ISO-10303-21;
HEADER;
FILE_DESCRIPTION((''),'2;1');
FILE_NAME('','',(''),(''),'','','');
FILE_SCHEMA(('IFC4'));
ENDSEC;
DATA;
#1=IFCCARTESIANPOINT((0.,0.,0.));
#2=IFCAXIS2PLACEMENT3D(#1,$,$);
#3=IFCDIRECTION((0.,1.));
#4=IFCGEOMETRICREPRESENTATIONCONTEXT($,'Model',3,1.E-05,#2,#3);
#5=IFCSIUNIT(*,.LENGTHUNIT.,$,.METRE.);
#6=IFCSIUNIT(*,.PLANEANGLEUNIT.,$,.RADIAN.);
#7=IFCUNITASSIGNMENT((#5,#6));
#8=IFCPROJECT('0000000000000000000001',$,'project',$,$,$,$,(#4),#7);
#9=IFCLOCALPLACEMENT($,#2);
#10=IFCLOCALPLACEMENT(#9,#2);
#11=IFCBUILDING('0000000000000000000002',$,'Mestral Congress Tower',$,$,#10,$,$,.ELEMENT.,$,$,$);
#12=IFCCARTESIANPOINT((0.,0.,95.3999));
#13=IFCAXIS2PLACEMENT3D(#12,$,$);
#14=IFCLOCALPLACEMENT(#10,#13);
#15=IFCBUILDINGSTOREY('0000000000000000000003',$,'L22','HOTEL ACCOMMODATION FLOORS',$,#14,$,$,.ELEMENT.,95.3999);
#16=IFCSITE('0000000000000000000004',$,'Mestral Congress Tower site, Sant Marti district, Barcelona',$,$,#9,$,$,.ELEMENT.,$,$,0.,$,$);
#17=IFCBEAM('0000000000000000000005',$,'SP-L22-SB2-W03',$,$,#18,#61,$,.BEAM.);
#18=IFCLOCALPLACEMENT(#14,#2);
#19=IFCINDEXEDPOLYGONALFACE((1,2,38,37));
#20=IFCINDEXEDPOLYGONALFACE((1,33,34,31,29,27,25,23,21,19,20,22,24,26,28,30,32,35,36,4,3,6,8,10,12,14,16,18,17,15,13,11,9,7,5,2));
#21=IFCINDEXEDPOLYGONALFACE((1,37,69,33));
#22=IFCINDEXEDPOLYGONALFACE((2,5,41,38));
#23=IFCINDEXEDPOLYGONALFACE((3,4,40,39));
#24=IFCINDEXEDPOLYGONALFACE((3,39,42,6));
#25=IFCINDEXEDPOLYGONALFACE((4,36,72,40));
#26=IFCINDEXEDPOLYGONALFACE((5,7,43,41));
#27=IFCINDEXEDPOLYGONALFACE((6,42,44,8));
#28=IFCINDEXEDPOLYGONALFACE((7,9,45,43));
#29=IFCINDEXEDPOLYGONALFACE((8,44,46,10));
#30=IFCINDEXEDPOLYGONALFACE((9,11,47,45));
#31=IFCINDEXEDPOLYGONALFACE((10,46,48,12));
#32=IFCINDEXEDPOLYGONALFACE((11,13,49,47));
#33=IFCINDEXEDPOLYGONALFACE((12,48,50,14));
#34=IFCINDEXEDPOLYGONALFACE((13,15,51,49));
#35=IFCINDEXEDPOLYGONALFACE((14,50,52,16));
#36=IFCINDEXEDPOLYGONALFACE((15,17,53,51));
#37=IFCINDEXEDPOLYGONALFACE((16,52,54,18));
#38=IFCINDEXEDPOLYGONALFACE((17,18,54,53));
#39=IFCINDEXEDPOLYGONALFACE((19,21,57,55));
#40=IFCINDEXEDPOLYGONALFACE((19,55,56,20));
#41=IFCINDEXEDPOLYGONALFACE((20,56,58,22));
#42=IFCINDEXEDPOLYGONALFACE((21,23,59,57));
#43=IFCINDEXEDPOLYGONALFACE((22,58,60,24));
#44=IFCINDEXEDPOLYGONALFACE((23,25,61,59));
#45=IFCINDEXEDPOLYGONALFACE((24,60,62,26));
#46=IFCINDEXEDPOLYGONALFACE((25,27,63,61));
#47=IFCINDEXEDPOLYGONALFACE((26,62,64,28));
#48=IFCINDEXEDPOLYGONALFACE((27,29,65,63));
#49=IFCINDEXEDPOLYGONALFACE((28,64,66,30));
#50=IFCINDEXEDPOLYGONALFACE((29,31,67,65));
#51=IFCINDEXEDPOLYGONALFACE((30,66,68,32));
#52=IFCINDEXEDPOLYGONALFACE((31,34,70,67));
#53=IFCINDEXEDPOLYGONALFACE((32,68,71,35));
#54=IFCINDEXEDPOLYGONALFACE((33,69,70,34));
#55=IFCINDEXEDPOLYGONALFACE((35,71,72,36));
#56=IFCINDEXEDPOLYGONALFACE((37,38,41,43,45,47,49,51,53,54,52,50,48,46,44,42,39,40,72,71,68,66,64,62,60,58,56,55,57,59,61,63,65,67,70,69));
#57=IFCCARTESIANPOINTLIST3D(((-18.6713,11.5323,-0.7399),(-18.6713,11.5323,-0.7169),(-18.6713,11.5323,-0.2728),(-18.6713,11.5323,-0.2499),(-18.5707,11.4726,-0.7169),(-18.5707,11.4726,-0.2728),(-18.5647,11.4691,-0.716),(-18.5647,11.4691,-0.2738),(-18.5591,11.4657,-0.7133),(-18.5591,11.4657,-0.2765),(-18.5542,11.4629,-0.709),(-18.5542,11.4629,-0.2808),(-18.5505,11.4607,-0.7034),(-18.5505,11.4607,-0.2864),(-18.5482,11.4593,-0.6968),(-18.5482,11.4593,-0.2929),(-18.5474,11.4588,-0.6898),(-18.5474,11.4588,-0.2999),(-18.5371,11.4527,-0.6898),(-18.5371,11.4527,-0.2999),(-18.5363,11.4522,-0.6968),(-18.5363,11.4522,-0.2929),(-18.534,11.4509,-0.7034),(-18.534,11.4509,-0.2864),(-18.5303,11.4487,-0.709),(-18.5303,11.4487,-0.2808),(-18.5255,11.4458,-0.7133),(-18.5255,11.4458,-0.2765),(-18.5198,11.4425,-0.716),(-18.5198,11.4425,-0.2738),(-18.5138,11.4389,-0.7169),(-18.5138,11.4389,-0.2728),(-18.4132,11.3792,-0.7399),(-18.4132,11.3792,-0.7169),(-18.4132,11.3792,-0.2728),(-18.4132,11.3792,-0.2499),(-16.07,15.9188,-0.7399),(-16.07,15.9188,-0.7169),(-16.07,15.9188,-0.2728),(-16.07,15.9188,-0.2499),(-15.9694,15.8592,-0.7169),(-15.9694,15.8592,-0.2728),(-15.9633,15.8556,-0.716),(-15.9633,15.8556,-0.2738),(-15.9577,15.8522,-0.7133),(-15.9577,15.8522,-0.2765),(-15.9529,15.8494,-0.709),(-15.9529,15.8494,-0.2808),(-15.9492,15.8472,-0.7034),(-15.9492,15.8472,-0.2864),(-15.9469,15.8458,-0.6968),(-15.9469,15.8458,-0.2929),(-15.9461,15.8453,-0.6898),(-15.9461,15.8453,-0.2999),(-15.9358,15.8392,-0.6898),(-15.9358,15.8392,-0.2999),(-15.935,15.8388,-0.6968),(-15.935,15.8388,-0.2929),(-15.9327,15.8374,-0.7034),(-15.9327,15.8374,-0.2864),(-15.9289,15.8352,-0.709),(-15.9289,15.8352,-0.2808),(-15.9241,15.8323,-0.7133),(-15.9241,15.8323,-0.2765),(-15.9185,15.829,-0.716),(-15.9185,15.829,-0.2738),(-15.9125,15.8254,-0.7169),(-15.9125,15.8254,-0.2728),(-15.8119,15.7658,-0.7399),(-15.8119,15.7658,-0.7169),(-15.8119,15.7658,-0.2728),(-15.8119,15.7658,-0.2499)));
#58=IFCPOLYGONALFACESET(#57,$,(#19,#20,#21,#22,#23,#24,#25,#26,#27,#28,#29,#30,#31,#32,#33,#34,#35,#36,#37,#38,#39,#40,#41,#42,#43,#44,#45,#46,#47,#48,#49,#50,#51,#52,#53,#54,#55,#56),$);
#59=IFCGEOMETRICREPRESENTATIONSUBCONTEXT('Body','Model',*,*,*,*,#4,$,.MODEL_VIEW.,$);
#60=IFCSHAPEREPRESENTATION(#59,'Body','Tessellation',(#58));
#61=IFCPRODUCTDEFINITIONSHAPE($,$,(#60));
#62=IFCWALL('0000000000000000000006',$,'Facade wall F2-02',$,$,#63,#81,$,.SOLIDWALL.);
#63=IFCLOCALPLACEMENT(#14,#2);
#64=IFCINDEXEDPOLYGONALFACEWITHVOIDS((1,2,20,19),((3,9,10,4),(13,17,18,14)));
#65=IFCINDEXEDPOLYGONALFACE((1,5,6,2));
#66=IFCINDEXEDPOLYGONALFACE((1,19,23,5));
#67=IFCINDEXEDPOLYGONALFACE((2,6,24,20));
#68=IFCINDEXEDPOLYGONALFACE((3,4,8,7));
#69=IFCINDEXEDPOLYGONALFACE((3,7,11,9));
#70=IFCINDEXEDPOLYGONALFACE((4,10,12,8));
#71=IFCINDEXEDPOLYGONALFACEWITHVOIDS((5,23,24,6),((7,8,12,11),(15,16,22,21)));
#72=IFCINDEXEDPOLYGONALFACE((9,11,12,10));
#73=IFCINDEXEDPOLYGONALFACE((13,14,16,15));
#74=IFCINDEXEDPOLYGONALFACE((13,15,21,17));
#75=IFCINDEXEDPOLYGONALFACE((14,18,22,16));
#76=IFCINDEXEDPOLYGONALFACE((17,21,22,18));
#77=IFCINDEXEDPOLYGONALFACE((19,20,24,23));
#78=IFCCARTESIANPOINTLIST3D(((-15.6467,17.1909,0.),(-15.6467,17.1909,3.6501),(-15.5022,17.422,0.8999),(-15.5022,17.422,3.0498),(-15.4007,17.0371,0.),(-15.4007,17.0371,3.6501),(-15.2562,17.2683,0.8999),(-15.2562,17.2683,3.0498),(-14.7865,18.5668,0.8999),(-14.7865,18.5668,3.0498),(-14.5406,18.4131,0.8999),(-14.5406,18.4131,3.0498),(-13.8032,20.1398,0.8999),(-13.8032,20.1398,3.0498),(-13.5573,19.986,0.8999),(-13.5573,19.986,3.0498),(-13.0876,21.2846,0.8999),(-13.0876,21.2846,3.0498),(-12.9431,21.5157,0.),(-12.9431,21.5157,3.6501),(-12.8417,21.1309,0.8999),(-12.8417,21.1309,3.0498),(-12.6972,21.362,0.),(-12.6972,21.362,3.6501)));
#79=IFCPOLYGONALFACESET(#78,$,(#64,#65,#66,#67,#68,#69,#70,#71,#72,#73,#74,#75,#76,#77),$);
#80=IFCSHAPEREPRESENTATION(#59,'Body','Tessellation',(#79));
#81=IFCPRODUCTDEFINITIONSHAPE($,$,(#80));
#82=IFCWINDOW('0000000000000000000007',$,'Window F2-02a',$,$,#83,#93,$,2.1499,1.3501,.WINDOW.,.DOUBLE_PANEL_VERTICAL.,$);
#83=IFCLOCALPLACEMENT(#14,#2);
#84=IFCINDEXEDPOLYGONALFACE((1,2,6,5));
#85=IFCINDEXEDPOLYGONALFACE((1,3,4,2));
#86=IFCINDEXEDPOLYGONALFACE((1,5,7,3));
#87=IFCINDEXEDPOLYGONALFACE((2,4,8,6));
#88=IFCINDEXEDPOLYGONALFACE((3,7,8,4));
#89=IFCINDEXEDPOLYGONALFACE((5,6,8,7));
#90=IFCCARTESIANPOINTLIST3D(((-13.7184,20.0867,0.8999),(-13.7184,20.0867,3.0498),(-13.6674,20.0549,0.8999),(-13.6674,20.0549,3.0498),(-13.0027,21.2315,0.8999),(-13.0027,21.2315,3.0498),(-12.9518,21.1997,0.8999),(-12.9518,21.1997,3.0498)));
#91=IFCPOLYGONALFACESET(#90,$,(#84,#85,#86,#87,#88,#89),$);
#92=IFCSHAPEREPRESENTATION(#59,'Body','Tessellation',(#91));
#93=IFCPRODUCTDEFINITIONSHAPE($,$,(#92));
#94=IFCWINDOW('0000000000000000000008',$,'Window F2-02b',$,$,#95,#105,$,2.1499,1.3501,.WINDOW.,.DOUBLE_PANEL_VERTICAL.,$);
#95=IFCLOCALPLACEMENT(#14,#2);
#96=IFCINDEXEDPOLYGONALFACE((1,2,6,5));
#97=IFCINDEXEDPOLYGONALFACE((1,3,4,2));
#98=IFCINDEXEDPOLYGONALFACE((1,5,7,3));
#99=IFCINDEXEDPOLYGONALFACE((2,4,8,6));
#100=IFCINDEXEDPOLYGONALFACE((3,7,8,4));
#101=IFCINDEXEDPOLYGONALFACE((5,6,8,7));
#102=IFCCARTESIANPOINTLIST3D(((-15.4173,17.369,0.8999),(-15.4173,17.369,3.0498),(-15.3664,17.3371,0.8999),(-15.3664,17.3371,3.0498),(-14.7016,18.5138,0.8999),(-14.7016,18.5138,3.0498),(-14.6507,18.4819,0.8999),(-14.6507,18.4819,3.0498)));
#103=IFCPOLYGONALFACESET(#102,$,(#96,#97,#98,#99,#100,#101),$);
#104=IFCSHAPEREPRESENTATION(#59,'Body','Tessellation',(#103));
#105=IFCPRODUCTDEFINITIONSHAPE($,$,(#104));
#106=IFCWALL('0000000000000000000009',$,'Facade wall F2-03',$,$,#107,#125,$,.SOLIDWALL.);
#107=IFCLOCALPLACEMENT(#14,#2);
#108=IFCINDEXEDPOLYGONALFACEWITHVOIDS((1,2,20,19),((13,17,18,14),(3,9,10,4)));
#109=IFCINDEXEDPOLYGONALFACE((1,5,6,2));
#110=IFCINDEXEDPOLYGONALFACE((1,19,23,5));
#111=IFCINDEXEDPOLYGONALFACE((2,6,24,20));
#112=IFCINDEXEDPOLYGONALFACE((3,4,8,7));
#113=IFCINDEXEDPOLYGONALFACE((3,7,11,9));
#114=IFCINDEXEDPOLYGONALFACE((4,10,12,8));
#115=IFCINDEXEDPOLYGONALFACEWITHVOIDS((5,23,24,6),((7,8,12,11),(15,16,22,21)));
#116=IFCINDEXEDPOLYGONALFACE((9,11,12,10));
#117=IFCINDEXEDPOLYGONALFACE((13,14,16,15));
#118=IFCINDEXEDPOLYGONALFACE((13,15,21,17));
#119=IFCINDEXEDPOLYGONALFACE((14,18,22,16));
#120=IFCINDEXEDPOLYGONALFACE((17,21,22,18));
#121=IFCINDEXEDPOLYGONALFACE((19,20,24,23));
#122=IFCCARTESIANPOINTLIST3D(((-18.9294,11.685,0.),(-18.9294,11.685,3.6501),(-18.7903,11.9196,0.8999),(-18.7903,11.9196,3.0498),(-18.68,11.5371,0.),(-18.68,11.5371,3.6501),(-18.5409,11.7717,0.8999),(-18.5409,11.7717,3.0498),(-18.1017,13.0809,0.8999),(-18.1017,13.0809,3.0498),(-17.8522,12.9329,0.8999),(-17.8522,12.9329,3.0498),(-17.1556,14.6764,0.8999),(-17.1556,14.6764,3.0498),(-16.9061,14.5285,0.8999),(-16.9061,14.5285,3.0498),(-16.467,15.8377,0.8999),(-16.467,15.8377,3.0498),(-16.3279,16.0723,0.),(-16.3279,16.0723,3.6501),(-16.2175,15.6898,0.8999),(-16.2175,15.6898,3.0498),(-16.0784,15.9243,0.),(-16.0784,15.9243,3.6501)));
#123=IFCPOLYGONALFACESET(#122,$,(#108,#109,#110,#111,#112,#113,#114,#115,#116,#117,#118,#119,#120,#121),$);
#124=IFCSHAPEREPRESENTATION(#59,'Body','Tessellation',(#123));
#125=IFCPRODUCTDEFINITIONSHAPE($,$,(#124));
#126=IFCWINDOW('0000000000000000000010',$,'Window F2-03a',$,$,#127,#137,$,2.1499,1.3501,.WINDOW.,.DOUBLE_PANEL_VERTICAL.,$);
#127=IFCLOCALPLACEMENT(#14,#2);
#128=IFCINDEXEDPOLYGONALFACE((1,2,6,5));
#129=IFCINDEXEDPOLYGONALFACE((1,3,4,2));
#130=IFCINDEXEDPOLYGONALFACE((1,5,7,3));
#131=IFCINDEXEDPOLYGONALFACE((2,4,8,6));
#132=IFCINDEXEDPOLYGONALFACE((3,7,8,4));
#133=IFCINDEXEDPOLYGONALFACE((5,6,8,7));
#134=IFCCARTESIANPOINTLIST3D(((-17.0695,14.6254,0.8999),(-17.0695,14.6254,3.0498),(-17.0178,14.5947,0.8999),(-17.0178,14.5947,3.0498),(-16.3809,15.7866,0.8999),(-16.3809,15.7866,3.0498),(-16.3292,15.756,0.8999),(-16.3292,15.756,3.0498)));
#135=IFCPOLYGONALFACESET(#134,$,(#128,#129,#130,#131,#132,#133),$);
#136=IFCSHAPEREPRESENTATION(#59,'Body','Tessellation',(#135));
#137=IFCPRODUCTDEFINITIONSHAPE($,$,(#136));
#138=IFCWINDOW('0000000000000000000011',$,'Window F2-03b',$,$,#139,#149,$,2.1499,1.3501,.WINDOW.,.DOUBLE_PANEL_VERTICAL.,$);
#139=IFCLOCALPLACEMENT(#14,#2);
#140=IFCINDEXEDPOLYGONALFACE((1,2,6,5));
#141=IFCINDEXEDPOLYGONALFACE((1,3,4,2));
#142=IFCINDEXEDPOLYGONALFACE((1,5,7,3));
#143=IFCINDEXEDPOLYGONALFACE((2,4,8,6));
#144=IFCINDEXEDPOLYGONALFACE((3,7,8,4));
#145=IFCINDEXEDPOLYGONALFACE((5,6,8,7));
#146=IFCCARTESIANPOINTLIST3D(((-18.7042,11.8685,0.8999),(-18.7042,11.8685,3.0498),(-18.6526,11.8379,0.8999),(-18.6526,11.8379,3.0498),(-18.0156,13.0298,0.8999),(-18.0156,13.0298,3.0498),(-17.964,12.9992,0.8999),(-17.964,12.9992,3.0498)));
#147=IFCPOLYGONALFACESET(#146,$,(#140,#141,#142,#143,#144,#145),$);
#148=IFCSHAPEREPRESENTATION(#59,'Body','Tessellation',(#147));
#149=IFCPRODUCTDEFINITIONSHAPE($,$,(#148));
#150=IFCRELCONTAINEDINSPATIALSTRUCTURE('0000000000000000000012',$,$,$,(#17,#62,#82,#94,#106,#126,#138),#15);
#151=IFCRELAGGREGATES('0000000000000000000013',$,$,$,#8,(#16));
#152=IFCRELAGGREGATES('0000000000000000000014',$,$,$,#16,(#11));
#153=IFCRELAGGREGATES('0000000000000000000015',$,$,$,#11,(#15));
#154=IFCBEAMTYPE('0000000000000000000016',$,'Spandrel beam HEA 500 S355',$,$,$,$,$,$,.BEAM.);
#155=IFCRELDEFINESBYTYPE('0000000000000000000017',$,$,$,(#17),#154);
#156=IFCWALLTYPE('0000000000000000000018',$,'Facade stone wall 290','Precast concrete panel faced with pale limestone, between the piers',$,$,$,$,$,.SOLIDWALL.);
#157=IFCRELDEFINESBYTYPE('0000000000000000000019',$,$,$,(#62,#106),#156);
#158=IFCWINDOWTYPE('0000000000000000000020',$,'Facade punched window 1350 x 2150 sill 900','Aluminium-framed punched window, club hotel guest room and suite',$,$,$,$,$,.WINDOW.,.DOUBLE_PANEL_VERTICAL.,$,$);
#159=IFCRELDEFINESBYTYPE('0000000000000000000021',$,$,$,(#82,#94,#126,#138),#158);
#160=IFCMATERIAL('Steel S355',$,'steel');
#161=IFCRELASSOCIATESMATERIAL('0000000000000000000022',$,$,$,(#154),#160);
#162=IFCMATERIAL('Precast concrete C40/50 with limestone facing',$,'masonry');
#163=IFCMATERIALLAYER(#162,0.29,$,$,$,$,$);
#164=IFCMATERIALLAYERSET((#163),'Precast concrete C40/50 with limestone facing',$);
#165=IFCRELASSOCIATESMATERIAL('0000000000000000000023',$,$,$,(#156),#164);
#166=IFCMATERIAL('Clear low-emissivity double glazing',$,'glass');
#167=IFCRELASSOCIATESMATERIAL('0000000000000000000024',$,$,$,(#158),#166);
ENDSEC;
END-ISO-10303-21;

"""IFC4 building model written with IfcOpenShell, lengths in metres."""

from ifc_helpers import new_model, si_unit, direction, frame, frame_2d, origin, origin_2d, place, context, subcontext, project, spatial, rectangle, i_section, extrude, material, layer, layer_set, material_profile, profile_set, type_object, element, fill, save


model = new_model("IFC4")

# Units and contexts
model_context = context("Model", 3, precision=1e-05, world=origin(), true_north=direction((0.0, 1.0)))
body_context = subcontext(model_context, "Body", "Model", "MODEL_VIEW")
ifc_project = project(units=[si_unit("LENGTHUNIT", "METRE"), si_unit("PLANEANGLEUNIT", "RADIAN")], contexts=[model_context])

# Site, building, storey
site_placement = place(None, origin())
site = spatial("IfcSite", under=ifc_project, at=site_placement, Name="Mestral Congress Tower site, Sant Marti district, Barcelona", CompositionType="ELEMENT", RefElevation=0.0)
building_placement = place(site_placement, origin())
building = spatial("IfcBuilding", under=site, at=building_placement, Name="Mestral Congress Tower", CompositionType="ELEMENT")
storey_placement = place(building_placement, frame((0.0, 0.0, 95.3999)))
storey = spatial("IfcBuildingStorey", under=building, at=storey_placement, Name="L22", Description="HOTEL ACCOMMODATION FLOORS", CompositionType="ELEMENT", Elevation=95.3999)

# Beam
ifc_material_1 = material(Name="Steel S355", Category="steel")
ifc_material_profile_1 = material_profile(ifc_material_1, i_section(OverallWidth=0.3, OverallDepth=0.49, WebThickness=0.012, FlangeThickness=0.0229, FilletRadius=0.0271, at=origin_2d()), Name="HEA 500")
ifc_profile_set_1 = profile_set([ifc_material_profile_1], Name="Steel S355")
beam_type_1 = type_object("IfcBeamType", Name="Spandrel beam HEA 500 S355", PredefinedType="BEAM", material=ifc_profile_set_1)
for number, where, z_axis, x_axis, name in (
    (1, (-15.9409, 15.8423, -0.4949), (-0.510082, -0.860126, 0.0), (0.860126, -0.510082, 0.0), "SP-L22-SB2-W03"),
):
    element("IfcBeam", number, at=place(storey_placement, frame(where, z_axis=z_axis, x_axis=x_axis)), inside=storey, type_object=beam_type_1, Name=name, PredefinedType="BEAM", context=body_context, shape_type="SweptSolid", body=[
        extrude(i_section(OverallWidth=0.3, OverallDepth=0.49, WebThickness=0.012, FlangeThickness=0.0229, FilletRadius=0.0271, at=origin_2d()), origin(), (0.0, 0.0, 1.0), 5.0999),
    ])

# Walls, openings, windows
ifc_material_2 = material(Name="Precast concrete C40/50 with limestone facing", Category="masonry")
ifc_layer_1 = layer(ifc_material_2, 0.29)
ifc_layer_set_1 = layer_set([ifc_layer_1], Name="Precast concrete C40/50 with limestone facing")
wall_type_1 = type_object("IfcWallType", Name="Facade stone wall 290", Description="Precast concrete panel faced with pale limestone, between the piers", PredefinedType="SOLIDWALL", material=ifc_layer_set_1)
wall_1_placement = place(storey_placement, frame((-12.8201, 21.439, 0.0), z_axis=(0.0, 0.0, 1.0), x_axis=(-0.530072, -0.847953, 0.0)))
wall_1 = element("IfcWall", 2, at=wall_1_placement, inside=storey, type_object=wall_type_1, Name="Facade wall F2-02", PredefinedType="SOLIDWALL", context=body_context, shape_type="SweptSolid", body=[
    extrude(rectangle(XDim=5.1003, YDim=0.29, at=frame_2d((2.5503, 0.0))), origin(), (0.0, 0.0, 1.0), 3.6501),
])
opening_1_placement = place(wall_1_placement, frame((0.2727, 0.0, 0.8999)))
opening_1 = element("IfcOpeningElement", 3, at=opening_1_placement, cuts=wall_1, PredefinedType="OPENING", context=body_context, shape_type="SweptSolid", body=[
    extrude(rectangle(XDim=1.3501, YDim=2.1499, at=frame_2d((0.675, 1.075))), frame((0.0, 0.155, 0.0), z_axis=(0.0, -1.0, 0.0), x_axis=(1.0, 0.0, 0.0)), (0.0, 0.0, 1.0), 0.3101),
])
opening_2_placement = place(wall_1_placement, frame((3.4778, 0.0, 0.8999)))
opening_2 = element("IfcOpeningElement", 4, at=opening_2_placement, cuts=wall_1, PredefinedType="OPENING", context=body_context, shape_type="SweptSolid", body=[
    extrude(rectangle(XDim=1.3501, YDim=2.1499, at=frame_2d((0.675, 1.075))), frame((0.0, 0.155, 0.0), z_axis=(0.0, -1.0, 0.0), x_axis=(1.0, 0.0, 0.0)), (0.0, 0.0, 1.0), 0.3101),
])
ifc_material_3 = material(Name="Clear low-emissivity double glazing", Category="glass")
window_type = type_object("IfcWindowType", Name="Facade punched window 1350 x 2150 sill 900", Description="Aluminium-framed punched window, club hotel guest room and suite", PartitioningType="DOUBLE_PANEL_VERTICAL", PredefinedType="WINDOW", material=ifc_material_3)
window_1_placement = place(opening_1_placement, origin())
window_1 = element("IfcWindow", 5, at=window_1_placement, inside=storey, type_object=window_type, Name="Window F2-02a", OverallHeight=2.1499, OverallWidth=1.3501, PartitioningType="DOUBLE_PANEL_VERTICAL", PredefinedType="WINDOW", context=body_context, shape_type="SweptSolid", body=[
    extrude(rectangle(XDim=1.3501, YDim=2.1499, at=frame_2d((0.675, 1.075))), frame((0.0, 0.0151, 0.0), z_axis=(0.0, -1.0, 0.0), x_axis=(1.0, 0.0, 0.0)), (0.0, 0.0, 1.0), 0.0601),
])
fill(opening_1, window_1)
window_2_placement = place(opening_2_placement, origin())
window_2 = element("IfcWindow", 6, at=window_2_placement, inside=storey, type_object=window_type, Name="Window F2-02b", OverallHeight=2.1499, OverallWidth=1.3501, PartitioningType="DOUBLE_PANEL_VERTICAL", PredefinedType="WINDOW", context=body_context, shape_type="SweptSolid", body=[
    extrude(rectangle(XDim=1.3501, YDim=2.1499, at=frame_2d((0.675, 1.075))), frame((0.0, 0.0151, 0.0), z_axis=(0.0, -1.0, 0.0), x_axis=(1.0, 0.0, 0.0)), (0.0, 0.0, 1.0), 0.0601),
])
fill(opening_2, window_2)
wall_2_placement = place(storey_placement, frame((-16.2031, 15.9983, 0.0), z_axis=(0.0, 0.0, 1.0), x_axis=(-0.510054, -0.860142, 0.0)))
wall_2 = element("IfcWall", 7, at=wall_2_placement, inside=storey, type_object=wall_type_1, Name="Facade wall F2-03", PredefinedType="SOLIDWALL", context=body_context, shape_type="SweptSolid", body=[
    extrude(rectangle(XDim=5.1006, YDim=0.29, at=frame_2d((2.5503, 0.0))), origin(), (0.0, 0.0, 1.0), 3.6501),
])
opening_3_placement = place(wall_2_placement, frame((0.2727, 0.0, 0.8999)))
opening_3 = element("IfcOpeningElement", 8, at=opening_3_placement, cuts=wall_2, PredefinedType="OPENING", context=body_context, shape_type="SweptSolid", body=[
    extrude(rectangle(XDim=1.3501, YDim=2.1499, at=frame_2d((0.675, 1.075))), frame((0.0, 0.155, 0.0), z_axis=(0.0, -1.0, 0.0), x_axis=(1.0, 0.0, 0.0)), (0.0, 0.0, 1.0), 0.3101),
])
opening_4_placement = place(wall_2_placement, frame((3.4778, 0.0, 0.8999)))
opening_4 = element("IfcOpeningElement", 9, at=opening_4_placement, cuts=wall_2, PredefinedType="OPENING", context=body_context, shape_type="SweptSolid", body=[
    extrude(rectangle(XDim=1.3501, YDim=2.1499, at=frame_2d((0.675, 1.075))), frame((0.0, 0.155, 0.0), z_axis=(0.0, -1.0, 0.0), x_axis=(1.0, 0.0, 0.0)), (0.0, 0.0, 1.0), 0.3101),
])
window_3_placement = place(opening_3_placement, origin())
window_3 = element("IfcWindow", 10, at=window_3_placement, inside=storey, type_object=window_type, Name="Window F2-03a", OverallHeight=2.1499, OverallWidth=1.3501, PartitioningType="DOUBLE_PANEL_VERTICAL", PredefinedType="WINDOW", context=body_context, shape_type="SweptSolid", body=[
    extrude(rectangle(XDim=1.3501, YDim=2.1499, at=frame_2d((0.675, 1.075))), frame((0.0, 0.0151, 0.0), z_axis=(0.0, -1.0, 0.0), x_axis=(1.0, 0.0, 0.0)), (0.0, 0.0, 1.0), 0.0601),
])
fill(opening_3, window_3)
window_4_placement = place(opening_4_placement, origin())
window_4 = element("IfcWindow", 11, at=window_4_placement, inside=storey, type_object=window_type, Name="Window F2-03b", OverallHeight=2.1499, OverallWidth=1.3501, PartitioningType="DOUBLE_PANEL_VERTICAL", PredefinedType="WINDOW", context=body_context, shape_type="SweptSolid", body=[
    extrude(rectangle(XDim=1.3501, YDim=2.1499, at=frame_2d((0.675, 1.075))), frame((0.0, 0.0151, 0.0), z_axis=(0.0, -1.0, 0.0), x_axis=(1.0, 0.0, 0.0)), (0.0, 0.0, 1.0), 0.0601),
])
fill(opening_4, window_4)

save(model, "model.ifc")
